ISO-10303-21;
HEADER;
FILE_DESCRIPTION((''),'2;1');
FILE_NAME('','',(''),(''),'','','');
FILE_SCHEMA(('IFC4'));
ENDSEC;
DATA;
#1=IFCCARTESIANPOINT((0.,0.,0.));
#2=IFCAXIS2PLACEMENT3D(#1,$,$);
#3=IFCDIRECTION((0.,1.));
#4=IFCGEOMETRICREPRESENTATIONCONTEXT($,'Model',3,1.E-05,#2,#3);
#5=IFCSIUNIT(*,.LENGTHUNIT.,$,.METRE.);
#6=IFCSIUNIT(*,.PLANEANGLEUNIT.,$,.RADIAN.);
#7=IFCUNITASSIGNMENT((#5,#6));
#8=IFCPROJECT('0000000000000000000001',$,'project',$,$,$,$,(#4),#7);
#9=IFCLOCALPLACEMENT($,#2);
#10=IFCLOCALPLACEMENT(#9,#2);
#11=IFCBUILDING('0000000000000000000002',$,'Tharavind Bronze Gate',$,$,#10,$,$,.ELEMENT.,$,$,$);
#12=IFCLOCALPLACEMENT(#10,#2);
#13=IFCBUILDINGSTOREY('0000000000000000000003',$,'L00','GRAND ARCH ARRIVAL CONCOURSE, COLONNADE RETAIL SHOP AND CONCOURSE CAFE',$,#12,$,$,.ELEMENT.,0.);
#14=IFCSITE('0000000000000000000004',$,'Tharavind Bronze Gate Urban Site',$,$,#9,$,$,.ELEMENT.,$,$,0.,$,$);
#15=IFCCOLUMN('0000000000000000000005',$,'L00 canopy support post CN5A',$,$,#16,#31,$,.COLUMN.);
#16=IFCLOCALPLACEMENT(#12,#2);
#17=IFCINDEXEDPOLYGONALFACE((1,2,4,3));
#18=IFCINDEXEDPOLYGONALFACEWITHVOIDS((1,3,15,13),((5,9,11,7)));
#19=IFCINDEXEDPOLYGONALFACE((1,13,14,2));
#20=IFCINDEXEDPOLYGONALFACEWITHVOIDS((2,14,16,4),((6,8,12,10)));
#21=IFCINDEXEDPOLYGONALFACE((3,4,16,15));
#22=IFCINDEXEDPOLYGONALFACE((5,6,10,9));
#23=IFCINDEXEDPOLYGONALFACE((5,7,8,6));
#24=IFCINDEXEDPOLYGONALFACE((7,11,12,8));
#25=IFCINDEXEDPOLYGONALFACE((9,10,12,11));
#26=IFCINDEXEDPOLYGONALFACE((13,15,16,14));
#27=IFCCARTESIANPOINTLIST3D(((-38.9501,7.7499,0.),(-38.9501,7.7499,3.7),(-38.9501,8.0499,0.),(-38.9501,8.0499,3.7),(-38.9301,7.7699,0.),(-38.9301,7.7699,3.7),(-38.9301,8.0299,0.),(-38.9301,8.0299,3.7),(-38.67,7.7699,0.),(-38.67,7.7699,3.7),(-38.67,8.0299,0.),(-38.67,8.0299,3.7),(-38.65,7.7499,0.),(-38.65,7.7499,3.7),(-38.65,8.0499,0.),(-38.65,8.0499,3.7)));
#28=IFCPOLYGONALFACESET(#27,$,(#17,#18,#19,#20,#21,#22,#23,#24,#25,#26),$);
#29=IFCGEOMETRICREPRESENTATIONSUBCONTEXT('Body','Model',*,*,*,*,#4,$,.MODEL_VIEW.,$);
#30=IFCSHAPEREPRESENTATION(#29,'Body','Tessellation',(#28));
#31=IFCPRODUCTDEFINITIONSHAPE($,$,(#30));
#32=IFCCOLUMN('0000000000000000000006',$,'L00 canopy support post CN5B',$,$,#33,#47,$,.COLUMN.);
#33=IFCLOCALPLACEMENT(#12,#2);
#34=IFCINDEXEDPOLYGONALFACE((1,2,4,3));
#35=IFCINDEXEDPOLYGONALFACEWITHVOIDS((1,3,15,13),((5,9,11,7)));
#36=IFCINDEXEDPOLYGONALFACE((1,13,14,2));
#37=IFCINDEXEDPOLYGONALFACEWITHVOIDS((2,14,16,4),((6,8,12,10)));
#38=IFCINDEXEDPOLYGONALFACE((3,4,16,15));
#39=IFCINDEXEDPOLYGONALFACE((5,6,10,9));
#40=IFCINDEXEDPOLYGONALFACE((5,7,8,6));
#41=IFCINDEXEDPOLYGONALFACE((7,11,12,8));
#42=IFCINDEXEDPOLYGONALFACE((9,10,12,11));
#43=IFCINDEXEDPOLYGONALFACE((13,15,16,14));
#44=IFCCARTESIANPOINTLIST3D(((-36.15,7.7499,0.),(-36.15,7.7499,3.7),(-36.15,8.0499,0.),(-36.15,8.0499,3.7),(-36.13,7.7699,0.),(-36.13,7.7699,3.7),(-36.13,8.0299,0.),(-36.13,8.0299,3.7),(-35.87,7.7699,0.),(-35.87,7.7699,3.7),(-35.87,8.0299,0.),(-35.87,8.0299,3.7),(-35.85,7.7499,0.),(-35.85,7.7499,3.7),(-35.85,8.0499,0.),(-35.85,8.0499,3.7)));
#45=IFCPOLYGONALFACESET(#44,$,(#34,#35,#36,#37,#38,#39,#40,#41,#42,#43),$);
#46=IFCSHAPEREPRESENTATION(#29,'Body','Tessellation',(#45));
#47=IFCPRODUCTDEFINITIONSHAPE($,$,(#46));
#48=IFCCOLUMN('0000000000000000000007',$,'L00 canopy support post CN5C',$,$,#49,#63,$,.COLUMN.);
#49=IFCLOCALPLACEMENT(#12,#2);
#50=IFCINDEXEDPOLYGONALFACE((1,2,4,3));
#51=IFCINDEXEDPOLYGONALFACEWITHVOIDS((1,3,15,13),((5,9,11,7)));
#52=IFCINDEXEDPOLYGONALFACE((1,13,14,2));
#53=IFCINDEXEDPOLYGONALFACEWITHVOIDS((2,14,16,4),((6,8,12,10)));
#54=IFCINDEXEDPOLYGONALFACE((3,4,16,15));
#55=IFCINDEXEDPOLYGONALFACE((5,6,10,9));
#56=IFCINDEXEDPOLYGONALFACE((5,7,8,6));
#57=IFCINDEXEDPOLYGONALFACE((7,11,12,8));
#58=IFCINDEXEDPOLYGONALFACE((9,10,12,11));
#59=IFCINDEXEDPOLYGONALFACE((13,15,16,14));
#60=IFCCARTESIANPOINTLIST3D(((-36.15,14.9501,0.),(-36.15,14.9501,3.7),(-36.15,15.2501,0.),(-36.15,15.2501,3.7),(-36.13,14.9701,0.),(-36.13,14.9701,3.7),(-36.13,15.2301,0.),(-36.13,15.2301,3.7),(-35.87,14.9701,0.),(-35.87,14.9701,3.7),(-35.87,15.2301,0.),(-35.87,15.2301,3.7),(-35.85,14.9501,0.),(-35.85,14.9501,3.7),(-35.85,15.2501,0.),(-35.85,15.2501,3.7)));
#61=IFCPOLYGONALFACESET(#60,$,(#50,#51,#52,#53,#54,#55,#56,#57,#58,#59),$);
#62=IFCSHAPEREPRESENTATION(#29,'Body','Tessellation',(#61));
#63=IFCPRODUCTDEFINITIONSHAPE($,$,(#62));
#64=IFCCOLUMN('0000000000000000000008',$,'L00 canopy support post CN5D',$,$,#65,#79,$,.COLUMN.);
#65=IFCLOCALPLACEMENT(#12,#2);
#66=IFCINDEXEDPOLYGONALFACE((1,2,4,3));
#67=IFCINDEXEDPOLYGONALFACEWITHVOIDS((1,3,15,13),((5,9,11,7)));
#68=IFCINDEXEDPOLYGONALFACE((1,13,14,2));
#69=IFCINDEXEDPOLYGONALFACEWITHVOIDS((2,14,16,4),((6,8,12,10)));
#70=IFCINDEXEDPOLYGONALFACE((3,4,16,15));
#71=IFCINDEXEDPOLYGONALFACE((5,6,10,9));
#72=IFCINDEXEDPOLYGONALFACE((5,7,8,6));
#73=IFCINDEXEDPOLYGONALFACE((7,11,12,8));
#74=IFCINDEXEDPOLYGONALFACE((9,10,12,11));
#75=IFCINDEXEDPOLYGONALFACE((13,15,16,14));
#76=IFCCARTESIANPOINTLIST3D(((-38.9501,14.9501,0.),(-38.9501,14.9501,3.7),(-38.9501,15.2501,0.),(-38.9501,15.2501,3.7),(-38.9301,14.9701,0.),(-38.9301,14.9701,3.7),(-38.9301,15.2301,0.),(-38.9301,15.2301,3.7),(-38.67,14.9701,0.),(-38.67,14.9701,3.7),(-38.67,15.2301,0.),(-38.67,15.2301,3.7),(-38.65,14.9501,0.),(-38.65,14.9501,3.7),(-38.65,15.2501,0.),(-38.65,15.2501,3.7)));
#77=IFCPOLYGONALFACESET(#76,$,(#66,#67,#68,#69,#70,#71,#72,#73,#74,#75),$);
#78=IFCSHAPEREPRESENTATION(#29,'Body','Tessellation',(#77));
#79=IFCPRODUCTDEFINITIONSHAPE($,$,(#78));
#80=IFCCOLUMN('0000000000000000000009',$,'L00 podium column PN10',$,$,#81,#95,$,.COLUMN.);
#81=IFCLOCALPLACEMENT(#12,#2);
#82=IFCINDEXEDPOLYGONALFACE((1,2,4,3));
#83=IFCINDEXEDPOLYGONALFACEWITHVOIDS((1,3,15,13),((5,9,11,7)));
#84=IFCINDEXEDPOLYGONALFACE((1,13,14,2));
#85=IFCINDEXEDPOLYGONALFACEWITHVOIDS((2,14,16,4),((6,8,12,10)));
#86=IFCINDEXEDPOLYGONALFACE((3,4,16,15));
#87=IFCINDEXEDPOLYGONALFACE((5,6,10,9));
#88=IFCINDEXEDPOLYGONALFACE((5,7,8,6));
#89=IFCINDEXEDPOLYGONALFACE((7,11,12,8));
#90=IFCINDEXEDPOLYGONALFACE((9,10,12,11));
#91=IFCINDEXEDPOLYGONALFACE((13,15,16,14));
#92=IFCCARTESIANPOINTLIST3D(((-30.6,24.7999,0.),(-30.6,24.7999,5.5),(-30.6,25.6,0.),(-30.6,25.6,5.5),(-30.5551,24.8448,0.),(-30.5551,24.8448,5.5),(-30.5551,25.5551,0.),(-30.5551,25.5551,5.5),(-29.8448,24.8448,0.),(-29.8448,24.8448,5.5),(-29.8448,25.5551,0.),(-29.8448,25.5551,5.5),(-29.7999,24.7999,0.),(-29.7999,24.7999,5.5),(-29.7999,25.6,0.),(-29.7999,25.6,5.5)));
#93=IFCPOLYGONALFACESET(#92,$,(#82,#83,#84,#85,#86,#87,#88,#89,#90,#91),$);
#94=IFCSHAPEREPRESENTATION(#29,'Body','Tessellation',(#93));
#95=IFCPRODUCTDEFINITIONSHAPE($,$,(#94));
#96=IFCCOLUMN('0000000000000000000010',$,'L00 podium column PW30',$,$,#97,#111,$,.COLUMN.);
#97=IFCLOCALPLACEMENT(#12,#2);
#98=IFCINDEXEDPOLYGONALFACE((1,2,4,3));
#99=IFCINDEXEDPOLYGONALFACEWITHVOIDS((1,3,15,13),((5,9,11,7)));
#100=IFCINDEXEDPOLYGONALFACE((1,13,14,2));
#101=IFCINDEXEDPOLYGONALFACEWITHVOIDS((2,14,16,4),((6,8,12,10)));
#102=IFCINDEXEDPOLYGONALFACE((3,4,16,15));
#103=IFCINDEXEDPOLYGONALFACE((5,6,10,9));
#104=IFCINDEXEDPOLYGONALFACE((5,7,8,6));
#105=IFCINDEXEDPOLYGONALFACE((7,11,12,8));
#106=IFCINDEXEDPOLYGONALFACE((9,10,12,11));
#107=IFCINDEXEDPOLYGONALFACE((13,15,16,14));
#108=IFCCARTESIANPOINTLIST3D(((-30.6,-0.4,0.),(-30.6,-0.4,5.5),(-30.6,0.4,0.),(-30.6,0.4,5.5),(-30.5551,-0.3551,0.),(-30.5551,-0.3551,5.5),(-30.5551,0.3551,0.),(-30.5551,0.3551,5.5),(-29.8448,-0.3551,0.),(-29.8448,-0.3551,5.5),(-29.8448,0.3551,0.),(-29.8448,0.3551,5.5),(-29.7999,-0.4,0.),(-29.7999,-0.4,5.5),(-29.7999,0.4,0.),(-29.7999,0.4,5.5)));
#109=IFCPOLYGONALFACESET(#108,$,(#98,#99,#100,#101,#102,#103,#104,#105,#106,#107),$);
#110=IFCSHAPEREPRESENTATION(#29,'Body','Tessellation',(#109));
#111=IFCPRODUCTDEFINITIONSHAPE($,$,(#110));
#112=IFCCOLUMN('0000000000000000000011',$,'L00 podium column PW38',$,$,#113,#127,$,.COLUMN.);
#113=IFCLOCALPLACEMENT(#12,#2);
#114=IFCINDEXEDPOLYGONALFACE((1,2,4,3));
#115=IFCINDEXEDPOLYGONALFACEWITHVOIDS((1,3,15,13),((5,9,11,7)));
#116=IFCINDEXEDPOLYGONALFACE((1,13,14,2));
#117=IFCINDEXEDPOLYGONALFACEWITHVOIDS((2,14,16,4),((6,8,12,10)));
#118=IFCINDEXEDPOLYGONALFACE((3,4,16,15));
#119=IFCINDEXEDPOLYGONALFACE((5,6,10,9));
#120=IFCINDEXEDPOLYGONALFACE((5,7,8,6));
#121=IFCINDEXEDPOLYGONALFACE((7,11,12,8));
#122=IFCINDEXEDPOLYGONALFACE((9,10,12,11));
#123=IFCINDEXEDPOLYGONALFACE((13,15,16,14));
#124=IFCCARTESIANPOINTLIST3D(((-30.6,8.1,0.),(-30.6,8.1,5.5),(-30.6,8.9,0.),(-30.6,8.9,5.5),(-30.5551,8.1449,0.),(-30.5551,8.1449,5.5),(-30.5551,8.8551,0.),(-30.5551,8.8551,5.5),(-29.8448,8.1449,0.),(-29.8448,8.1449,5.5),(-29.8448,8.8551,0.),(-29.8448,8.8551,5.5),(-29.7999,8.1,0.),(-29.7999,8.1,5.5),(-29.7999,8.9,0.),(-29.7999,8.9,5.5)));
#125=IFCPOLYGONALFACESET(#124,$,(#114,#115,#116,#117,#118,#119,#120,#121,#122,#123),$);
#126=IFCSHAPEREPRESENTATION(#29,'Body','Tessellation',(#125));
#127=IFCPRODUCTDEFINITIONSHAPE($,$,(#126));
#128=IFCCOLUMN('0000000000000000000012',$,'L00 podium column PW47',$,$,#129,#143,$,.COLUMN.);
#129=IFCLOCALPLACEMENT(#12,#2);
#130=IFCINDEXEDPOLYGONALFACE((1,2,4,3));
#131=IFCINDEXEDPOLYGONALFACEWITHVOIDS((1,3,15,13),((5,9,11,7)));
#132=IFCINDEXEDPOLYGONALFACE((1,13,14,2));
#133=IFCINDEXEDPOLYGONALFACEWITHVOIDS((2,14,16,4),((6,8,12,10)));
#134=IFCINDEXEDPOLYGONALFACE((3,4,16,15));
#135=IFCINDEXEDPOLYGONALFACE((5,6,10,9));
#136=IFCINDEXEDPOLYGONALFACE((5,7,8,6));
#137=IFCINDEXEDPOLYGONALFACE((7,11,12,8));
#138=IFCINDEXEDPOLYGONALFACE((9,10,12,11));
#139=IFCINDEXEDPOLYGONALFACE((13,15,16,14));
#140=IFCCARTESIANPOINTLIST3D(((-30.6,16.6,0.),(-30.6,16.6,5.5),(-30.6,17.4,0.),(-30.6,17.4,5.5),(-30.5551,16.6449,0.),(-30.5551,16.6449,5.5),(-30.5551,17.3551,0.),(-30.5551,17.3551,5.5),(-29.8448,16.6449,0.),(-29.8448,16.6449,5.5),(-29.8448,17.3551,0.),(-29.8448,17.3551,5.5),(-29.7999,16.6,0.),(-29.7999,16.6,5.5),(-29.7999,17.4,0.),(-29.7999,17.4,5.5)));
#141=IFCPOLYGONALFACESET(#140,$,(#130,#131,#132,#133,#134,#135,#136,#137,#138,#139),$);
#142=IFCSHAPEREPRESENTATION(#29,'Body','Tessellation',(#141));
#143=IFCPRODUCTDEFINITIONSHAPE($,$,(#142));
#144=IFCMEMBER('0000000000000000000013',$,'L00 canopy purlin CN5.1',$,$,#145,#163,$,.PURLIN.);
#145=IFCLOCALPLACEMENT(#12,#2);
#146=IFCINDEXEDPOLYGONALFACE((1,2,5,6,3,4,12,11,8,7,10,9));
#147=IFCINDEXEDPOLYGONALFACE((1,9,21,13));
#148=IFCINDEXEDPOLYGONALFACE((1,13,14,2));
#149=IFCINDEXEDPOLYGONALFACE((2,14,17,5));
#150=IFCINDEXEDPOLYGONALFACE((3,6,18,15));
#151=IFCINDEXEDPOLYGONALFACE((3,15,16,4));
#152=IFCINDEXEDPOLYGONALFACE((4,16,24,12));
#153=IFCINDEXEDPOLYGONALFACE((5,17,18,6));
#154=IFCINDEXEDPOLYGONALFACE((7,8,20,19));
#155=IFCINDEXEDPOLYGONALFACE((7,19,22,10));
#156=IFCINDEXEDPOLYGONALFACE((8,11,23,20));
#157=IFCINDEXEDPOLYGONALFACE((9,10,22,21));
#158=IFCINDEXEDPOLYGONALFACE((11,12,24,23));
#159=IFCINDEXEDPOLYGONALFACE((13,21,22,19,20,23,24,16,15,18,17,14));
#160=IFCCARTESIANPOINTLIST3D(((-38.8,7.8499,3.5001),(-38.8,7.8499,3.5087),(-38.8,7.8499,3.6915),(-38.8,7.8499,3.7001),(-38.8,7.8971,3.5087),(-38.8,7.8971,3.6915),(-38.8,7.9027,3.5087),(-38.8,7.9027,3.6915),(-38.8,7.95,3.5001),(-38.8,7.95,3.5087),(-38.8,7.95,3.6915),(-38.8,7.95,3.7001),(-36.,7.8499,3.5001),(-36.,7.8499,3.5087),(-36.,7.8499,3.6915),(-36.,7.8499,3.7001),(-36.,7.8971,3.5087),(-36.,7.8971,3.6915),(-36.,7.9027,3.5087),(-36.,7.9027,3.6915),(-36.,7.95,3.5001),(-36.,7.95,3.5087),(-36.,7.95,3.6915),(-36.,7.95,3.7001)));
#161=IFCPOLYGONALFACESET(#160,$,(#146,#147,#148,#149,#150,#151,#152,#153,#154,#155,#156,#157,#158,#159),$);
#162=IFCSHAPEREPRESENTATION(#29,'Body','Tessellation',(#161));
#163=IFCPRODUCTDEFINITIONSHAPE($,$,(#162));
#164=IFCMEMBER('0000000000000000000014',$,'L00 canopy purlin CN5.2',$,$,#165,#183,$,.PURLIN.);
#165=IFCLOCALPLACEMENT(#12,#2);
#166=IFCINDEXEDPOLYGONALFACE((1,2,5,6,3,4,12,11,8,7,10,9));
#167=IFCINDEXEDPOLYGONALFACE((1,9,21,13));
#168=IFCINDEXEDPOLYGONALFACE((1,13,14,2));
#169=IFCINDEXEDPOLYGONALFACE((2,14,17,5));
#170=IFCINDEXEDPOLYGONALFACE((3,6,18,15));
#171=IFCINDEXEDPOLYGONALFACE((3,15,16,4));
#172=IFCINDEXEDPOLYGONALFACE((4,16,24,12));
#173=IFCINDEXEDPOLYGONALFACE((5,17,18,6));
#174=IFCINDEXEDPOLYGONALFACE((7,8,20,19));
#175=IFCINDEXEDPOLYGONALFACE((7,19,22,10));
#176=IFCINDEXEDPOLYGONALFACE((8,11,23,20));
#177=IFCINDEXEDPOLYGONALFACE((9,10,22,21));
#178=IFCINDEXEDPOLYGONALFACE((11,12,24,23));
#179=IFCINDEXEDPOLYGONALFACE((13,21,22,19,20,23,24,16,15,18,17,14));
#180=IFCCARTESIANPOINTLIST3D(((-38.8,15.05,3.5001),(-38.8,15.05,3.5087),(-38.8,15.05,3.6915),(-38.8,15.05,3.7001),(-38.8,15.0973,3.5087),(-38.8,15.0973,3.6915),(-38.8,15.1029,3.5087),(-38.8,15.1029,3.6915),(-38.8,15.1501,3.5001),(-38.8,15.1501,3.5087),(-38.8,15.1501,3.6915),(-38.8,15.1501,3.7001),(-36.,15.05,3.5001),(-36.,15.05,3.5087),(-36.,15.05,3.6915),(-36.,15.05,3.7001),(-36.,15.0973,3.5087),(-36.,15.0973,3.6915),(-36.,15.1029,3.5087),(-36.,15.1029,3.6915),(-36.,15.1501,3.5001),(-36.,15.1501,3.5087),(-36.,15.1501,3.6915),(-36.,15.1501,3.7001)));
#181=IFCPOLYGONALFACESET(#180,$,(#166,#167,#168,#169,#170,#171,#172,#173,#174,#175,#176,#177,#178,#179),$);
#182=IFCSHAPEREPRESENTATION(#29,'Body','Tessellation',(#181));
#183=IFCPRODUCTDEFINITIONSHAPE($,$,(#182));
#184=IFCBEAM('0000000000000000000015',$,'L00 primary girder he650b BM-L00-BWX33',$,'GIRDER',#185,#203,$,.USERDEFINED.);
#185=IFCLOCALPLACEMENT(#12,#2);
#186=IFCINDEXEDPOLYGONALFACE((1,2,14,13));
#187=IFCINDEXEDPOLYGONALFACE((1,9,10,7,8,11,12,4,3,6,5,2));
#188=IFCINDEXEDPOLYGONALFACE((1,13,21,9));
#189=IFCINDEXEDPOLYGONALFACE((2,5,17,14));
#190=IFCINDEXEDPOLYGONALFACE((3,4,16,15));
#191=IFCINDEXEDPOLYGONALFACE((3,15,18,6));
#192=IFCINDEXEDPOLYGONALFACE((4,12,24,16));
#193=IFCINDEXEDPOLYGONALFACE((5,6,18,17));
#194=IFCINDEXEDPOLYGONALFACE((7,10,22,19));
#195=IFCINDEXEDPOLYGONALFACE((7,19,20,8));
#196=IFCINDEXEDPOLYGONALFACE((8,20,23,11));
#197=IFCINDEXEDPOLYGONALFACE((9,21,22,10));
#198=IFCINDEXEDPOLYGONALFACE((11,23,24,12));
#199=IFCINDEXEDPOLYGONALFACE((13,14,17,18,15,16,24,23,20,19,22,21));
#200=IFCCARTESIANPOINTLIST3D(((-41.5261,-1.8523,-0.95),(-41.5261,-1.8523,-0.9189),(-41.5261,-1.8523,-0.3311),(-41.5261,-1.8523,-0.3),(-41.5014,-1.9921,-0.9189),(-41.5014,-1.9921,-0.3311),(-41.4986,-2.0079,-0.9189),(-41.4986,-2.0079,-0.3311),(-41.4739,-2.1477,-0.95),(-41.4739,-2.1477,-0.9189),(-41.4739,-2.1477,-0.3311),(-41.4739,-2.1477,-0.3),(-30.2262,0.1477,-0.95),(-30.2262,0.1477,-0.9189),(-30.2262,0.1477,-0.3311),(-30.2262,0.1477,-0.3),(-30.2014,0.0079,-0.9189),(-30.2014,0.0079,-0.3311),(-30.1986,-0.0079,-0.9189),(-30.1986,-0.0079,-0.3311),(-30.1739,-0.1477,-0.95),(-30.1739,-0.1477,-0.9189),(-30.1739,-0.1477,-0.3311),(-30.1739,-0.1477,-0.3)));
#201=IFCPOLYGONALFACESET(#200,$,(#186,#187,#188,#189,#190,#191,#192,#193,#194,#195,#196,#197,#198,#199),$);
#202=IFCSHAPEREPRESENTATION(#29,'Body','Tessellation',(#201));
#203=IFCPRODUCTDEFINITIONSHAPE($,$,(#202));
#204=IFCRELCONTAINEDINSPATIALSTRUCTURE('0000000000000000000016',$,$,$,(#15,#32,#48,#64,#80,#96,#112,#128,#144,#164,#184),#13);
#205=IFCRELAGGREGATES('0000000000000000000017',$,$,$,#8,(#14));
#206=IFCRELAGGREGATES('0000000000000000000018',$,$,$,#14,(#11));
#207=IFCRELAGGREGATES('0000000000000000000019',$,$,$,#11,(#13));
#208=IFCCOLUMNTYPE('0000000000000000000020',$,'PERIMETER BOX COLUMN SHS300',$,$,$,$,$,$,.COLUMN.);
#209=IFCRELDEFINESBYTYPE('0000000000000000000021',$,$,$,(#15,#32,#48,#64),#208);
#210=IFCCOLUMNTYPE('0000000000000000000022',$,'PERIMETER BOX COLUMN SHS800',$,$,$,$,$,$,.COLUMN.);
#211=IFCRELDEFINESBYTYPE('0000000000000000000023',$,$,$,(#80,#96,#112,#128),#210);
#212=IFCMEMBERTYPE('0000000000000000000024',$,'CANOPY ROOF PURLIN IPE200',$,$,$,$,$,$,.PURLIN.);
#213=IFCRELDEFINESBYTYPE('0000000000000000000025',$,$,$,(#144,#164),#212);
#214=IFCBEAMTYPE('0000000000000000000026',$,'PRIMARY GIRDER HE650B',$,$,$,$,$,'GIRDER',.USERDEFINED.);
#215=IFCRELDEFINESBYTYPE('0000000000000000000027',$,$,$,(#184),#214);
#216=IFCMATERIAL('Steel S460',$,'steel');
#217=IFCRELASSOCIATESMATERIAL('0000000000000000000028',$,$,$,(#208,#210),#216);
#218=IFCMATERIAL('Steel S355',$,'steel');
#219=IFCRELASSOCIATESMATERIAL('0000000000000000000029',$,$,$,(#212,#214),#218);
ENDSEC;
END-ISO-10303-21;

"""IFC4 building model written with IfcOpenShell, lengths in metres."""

from ifc_helpers import new_model, si_unit, direction, frame, origin, origin_2d, place, context, subcontext, project, spatial, hollow_rectangle, i_section, extrude, material, material_profile, profile_set, type_object, element, save


model = new_model("IFC4")

# Units and contexts
model_context = context("Model", 3, precision=1e-05, world=origin(), true_north=direction((0.0, 1.0)))
body_context = subcontext(model_context, "Body", "Model", "MODEL_VIEW")
ifc_project = project(units=[si_unit("LENGTHUNIT", "METRE"), si_unit("PLANEANGLEUNIT", "RADIAN")], contexts=[model_context])

# Site, building, storey
site_placement = place(None, origin())
site = spatial("IfcSite", under=ifc_project, at=site_placement, Name="Tharavind Bronze Gate Urban Site", CompositionType="ELEMENT", RefElevation=0.0)
building_placement = place(site_placement, origin())
building = spatial("IfcBuilding", under=site, at=building_placement, Name="Tharavind Bronze Gate", CompositionType="ELEMENT")
storey_placement = place(building_placement, origin())
storey = spatial("IfcBuildingStorey", under=building, at=storey_placement, Name="L00", Description="GRAND ARCH ARRIVAL CONCOURSE, COLONNADE RETAIL SHOP AND CONCOURSE CAFE", CompositionType="ELEMENT", Elevation=0.0)

# Columns
ifc_material_1 = material(Name="Steel S460", Category="steel")
ifc_material_profile_1 = material_profile(ifc_material_1, hollow_rectangle(XDim=0.3, YDim=0.3, WallThickness=0.02, at=origin_2d()), Name="SHS300X20")
ifc_profile_set_1 = profile_set([ifc_material_profile_1], Name="Steel S460")
column_type_1 = type_object("IfcColumnType", Name="PERIMETER BOX COLUMN SHS300", PredefinedType="COLUMN", material=ifc_profile_set_1)
for number, where, z_axis, x_axis, name in (
    (1, (-38.8, 7.8999, 0.0), (0.0, 0.0, 1.0), (1.0, 0.0, 0.0), "L00 canopy support post CN5A"),
    (2, (-36.0, 7.8999, 0.0), (0.0, 0.0, 1.0), (1.0, 0.0, 0.0), "L00 canopy support post CN5B"),
    (3, (-36.0, 15.1001, 0.0), (0.0, 0.0, 1.0), (1.0, 0.0, 0.0), "L00 canopy support post CN5C"),
    (4, (-38.8, 15.1001, 0.0), (0.0, 0.0, 1.0), (1.0, 0.0, 0.0), "L00 canopy support post CN5D"),
):
    element("IfcColumn", number, at=place(storey_placement, frame(where, z_axis=z_axis, x_axis=x_axis)), inside=storey, type_object=column_type_1, Name=name, PredefinedType="COLUMN", context=body_context, shape_type="SweptSolid", body=[
        extrude(hollow_rectangle(XDim=0.3, YDim=0.3, WallThickness=0.02, at=origin_2d()), origin(), (0.0, 0.0, 1.0), 3.7),
    ])
ifc_material_profile_2 = material_profile(ifc_material_1, hollow_rectangle(XDim=0.8, YDim=0.8, WallThickness=0.0449, at=origin_2d()), Name="SHS800X45")
ifc_profile_set_2 = profile_set([ifc_material_profile_2], Name="Steel S460")
column_type_2 = type_object("IfcColumnType", Name="PERIMETER BOX COLUMN SHS800", PredefinedType="COLUMN", material=ifc_profile_set_2)
for number, where, z_axis, x_axis, name in (
    (5, (-30.2, 25.2, 0.0), (0.0, 0.0, 1.0), (1.0, 0.0, 0.0), "L00 podium column PN10"),
    (6, (-30.2, 0.0, 0.0), (0.0, 0.0, 1.0), (1.0, 0.0, 0.0), "L00 podium column PW30"),
    (7, (-30.2, 8.5, 0.0), (0.0, 0.0, 1.0), (1.0, 0.0, 0.0), "L00 podium column PW38"),
    (8, (-30.2, 17.0, 0.0), (0.0, 0.0, 1.0), (1.0, 0.0, 0.0), "L00 podium column PW47"),
):
    element("IfcColumn", number, at=place(storey_placement, frame(where, z_axis=z_axis, x_axis=x_axis)), inside=storey, type_object=column_type_2, Name=name, PredefinedType="COLUMN", context=body_context, shape_type="SweptSolid", body=[
        extrude(hollow_rectangle(XDim=0.8, YDim=0.8, WallThickness=0.0449, at=origin_2d()), origin(), (0.0, 0.0, 1.0), 5.5),
    ])

# Members
ifc_material_2 = material(Name="Steel S355", Category="steel")
ifc_material_profile_3 = material_profile(ifc_material_2, i_section(OverallWidth=0.1001, OverallDepth=0.2, WebThickness=0.0056, FlangeThickness=0.0085, at=origin_2d()), Name="IPE200")
ifc_profile_set_3 = profile_set([ifc_material_profile_3], Name="Steel S355")
member_type_1 = type_object("IfcMemberType", Name="CANOPY ROOF PURLIN IPE200", PredefinedType="PURLIN", material=ifc_profile_set_3)
for number, where, z_axis, x_axis, name in (
    (9, (-38.8, 7.8999, 3.6001), (1.0, 0.0, 0.0), (0.0, 1.0, 0.0), "L00 canopy purlin CN5.1"),
    (10, (-38.8, 15.1001, 3.6001), (1.0, 0.0, 0.0), (0.0, 1.0, 0.0), "L00 canopy purlin CN5.2"),
):
    element("IfcMember", number, at=place(storey_placement, frame(where, z_axis=z_axis, x_axis=x_axis)), inside=storey, type_object=member_type_1, Name=name, PredefinedType="PURLIN", context=body_context, shape_type="SweptSolid", body=[
        extrude(i_section(OverallWidth=0.1001, OverallDepth=0.2, WebThickness=0.0056, FlangeThickness=0.0085, at=origin_2d()), origin(), (0.0, 0.0, 1.0), 2.8),
    ])

# Beam
ifc_material_profile_4 = material_profile(ifc_material_2, i_section(OverallWidth=0.3, OverallDepth=0.6499, WebThickness=0.0161, FlangeThickness=0.031, at=origin_2d()), Name="HE650B")
ifc_profile_set_4 = profile_set([ifc_material_profile_4], Name="Steel S355")
beam_type_1 = type_object("IfcBeamType", Name="PRIMARY GIRDER HE650B", ElementType="GIRDER", PredefinedType="USERDEFINED", material=ifc_profile_set_4)
beam_1_placement = place(storey_placement, frame((-41.5, -2.0, -0.625), z_axis=(0.984696, 0.174282, 0.0), x_axis=(-0.174282, 0.984696, 0.0)))
element("IfcBeam", 11, at=beam_1_placement, inside=storey, type_object=beam_type_1, Name="L00 primary girder he650b BM-L00-BWX33", ObjectType="GIRDER", PredefinedType="USERDEFINED", context=body_context, shape_type="SweptSolid", body=[
    extrude(i_section(OverallWidth=0.3, OverallDepth=0.6499, WebThickness=0.0161, FlangeThickness=0.031, at=origin_2d()), origin(), (0.0, 0.0, 1.0), 11.4756),
])

save(model, "model.ifc")
